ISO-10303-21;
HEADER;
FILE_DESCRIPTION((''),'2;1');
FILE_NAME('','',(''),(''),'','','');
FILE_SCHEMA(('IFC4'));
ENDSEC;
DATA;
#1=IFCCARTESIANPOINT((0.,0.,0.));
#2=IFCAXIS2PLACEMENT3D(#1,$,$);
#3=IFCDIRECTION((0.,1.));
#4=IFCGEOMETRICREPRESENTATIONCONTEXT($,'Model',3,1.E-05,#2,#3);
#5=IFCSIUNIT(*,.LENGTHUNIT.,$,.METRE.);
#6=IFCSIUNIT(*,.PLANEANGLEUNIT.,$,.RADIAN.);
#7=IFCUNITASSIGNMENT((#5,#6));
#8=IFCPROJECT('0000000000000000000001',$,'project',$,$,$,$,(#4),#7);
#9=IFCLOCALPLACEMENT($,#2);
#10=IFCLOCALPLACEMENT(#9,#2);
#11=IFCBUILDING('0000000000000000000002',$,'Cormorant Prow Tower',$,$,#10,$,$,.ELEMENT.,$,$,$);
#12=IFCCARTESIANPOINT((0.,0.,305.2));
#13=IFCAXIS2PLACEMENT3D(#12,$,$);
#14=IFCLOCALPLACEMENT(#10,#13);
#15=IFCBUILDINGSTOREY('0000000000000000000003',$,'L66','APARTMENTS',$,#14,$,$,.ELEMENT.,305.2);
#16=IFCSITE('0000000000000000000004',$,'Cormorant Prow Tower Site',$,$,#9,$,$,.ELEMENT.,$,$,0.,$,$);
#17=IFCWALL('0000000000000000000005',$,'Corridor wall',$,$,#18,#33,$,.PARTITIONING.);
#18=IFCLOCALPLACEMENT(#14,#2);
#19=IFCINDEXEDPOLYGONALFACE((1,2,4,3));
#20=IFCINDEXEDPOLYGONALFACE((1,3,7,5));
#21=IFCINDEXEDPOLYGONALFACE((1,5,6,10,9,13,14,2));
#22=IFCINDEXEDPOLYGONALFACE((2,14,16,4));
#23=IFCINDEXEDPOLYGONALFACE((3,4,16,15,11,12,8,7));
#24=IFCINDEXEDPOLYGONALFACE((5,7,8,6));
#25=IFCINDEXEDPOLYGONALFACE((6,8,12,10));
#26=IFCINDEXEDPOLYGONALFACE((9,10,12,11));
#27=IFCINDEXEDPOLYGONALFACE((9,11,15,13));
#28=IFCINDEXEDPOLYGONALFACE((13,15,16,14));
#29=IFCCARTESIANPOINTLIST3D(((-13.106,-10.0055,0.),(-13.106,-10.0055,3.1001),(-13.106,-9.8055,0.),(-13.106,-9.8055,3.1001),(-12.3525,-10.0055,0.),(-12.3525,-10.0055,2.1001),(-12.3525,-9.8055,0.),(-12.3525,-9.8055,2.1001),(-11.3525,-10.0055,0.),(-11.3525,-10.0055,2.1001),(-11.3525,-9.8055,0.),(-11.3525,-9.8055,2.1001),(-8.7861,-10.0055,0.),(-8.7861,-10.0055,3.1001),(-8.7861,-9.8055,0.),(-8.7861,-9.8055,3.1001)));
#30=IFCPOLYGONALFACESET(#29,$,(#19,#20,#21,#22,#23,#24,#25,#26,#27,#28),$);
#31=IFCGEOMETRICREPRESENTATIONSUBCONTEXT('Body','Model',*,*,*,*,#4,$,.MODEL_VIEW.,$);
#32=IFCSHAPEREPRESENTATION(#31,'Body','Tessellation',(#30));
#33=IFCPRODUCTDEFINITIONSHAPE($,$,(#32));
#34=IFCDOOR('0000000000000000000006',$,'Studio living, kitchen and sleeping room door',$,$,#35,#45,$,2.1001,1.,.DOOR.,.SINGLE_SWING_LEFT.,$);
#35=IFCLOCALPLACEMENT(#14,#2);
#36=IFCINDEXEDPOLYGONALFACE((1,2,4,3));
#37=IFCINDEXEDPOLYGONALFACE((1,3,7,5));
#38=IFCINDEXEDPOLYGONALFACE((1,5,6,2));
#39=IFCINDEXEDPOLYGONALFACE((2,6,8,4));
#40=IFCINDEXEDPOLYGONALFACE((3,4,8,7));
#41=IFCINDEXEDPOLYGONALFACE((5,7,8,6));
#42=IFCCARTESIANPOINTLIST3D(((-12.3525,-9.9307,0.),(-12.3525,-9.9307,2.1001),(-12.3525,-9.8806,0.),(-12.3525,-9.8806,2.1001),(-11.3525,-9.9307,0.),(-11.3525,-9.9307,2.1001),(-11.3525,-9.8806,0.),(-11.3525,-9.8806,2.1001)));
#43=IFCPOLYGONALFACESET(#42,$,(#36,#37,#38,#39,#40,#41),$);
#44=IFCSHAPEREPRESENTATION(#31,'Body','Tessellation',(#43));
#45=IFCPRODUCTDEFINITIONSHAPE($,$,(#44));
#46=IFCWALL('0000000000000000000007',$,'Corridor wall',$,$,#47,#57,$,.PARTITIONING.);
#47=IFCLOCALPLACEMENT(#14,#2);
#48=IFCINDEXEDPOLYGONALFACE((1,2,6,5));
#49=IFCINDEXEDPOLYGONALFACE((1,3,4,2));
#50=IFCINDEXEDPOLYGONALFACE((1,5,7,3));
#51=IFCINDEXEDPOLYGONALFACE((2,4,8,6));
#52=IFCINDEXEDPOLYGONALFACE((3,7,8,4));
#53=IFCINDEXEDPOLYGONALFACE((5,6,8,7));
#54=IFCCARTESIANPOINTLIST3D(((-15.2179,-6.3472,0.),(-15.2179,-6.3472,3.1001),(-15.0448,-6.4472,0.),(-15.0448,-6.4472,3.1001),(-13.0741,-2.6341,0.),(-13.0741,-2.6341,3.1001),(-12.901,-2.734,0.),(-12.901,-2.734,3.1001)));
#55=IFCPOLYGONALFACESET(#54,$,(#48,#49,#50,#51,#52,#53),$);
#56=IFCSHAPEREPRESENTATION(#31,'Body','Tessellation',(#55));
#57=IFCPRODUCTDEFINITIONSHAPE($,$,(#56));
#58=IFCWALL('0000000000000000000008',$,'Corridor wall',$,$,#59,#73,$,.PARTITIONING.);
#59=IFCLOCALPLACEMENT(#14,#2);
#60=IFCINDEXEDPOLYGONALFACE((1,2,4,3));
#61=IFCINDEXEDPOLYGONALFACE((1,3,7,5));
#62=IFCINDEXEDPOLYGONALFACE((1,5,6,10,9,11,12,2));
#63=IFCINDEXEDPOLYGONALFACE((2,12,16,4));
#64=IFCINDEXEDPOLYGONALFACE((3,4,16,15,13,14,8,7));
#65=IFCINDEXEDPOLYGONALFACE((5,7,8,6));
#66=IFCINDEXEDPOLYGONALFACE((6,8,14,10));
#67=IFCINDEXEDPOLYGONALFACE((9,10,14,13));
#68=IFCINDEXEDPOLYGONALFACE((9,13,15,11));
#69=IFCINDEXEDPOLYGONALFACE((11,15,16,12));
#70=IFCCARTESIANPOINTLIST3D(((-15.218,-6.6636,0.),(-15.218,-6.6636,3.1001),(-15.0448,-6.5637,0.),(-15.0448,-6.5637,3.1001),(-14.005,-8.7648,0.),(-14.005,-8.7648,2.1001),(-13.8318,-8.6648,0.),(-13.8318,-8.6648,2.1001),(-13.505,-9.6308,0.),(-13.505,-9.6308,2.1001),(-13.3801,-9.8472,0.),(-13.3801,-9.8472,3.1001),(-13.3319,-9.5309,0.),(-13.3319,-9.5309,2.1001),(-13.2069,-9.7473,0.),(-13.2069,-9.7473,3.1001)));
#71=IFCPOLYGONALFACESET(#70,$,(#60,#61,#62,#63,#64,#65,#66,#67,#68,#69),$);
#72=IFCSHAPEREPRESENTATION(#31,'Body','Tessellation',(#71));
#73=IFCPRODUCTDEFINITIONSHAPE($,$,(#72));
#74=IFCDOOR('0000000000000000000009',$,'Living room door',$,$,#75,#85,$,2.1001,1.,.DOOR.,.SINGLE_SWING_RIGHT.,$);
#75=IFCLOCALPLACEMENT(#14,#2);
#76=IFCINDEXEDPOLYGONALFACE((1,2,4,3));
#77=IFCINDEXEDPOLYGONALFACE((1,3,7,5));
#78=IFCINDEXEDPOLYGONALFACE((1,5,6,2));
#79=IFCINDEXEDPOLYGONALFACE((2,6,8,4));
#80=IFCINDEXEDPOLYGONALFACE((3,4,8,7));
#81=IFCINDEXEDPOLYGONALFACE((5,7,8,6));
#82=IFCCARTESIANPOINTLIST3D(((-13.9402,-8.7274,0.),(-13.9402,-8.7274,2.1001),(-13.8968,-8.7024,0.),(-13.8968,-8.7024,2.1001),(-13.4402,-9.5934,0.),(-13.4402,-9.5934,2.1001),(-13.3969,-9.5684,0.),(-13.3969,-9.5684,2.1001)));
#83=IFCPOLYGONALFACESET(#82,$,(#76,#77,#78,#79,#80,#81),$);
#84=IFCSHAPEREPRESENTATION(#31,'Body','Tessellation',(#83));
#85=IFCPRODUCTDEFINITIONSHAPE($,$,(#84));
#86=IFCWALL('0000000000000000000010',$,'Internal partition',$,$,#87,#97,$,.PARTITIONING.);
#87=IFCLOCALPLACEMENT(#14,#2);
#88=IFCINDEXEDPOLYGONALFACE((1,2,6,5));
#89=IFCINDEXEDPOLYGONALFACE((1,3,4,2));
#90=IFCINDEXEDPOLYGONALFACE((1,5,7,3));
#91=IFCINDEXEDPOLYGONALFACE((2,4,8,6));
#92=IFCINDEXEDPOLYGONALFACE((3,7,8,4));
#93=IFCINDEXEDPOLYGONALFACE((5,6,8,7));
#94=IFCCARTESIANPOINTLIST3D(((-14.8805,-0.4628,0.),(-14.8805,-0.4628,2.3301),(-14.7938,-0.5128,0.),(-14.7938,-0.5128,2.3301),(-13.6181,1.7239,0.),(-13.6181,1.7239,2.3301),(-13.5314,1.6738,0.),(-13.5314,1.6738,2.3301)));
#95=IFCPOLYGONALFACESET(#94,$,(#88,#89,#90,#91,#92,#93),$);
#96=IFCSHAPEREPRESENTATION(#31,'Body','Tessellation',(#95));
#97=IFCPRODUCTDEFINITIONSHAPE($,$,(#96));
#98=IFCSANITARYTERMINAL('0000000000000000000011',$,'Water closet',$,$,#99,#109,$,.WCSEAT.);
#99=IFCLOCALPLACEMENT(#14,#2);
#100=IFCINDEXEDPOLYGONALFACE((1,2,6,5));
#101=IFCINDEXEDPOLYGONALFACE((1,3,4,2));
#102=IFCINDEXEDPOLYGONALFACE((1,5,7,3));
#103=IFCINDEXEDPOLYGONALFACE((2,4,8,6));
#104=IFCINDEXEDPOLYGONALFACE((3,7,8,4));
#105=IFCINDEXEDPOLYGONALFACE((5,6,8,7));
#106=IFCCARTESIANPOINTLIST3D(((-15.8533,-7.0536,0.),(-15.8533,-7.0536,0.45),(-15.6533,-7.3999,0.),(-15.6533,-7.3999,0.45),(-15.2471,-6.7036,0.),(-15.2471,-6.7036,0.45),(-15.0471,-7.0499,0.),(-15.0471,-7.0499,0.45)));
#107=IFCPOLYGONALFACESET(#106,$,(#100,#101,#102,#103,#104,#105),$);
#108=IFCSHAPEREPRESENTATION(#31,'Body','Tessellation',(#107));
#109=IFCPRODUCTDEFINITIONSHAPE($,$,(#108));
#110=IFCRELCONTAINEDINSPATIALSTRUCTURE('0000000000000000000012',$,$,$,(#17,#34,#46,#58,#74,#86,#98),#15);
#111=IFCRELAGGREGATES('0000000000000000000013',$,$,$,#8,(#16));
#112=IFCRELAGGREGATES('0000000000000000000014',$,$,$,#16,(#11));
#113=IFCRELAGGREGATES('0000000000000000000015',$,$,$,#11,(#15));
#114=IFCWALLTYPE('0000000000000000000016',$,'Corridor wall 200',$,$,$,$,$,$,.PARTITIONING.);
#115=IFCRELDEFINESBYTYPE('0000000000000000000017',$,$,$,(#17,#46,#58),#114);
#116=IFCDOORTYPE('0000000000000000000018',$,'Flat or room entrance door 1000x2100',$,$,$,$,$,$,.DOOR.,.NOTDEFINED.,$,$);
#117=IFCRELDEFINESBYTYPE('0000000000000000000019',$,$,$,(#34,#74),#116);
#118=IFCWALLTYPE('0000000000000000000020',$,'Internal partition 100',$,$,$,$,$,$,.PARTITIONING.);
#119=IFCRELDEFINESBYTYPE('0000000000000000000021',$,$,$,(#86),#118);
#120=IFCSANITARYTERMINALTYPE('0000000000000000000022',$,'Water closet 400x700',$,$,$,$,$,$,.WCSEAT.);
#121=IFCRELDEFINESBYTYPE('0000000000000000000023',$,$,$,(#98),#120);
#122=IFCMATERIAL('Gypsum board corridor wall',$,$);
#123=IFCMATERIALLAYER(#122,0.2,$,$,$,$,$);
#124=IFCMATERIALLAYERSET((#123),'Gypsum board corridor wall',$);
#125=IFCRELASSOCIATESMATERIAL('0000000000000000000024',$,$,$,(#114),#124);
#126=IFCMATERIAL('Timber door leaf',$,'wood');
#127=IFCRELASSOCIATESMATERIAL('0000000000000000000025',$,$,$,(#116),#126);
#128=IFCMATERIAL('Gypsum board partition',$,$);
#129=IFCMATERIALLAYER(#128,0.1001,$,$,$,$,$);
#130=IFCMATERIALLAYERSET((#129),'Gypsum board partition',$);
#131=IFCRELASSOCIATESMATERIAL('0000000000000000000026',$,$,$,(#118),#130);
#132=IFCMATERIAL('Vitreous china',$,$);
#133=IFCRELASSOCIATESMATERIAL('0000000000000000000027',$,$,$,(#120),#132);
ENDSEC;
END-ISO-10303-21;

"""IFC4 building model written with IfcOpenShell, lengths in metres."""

from ifc_helpers import new_model, si_unit, direction, frame, frame_2d, origin, origin_2d, place, context, subcontext, project, spatial, rectangle, extrude, material, layer, layer_set, type_object, element, fill, save


model = new_model("IFC4")

# Units and contexts
model_context = context("Model", 3, precision=1e-05, world=origin(), true_north=direction((0.0, 1.0)))
body_context = subcontext(model_context, "Body", "Model", "MODEL_VIEW")
ifc_project = project(units=[si_unit("LENGTHUNIT", "METRE"), si_unit("PLANEANGLEUNIT", "RADIAN")], contexts=[model_context])

# Site, building, storey
site_placement = place(None, origin())
site = spatial("IfcSite", under=ifc_project, at=site_placement, Name="Cormorant Prow Tower Site", CompositionType="ELEMENT", RefElevation=0.0)
building_placement = place(site_placement, origin())
building = spatial("IfcBuilding", under=site, at=building_placement, Name="Cormorant Prow Tower", CompositionType="ELEMENT")
storey_placement = place(building_placement, frame((0.0, 0.0, 305.2)))
storey = spatial("IfcBuildingStorey", under=building, at=storey_placement, Name="L66", Description="APARTMENTS", CompositionType="ELEMENT", Elevation=305.2)

# Wall, opening, door
ifc_material_1 = material(Name="Gypsum board corridor wall")
ifc_layer_1 = layer(ifc_material_1, 0.2)
ifc_layer_set_1 = layer_set([ifc_layer_1], Name="Gypsum board corridor wall")
wall_type_1 = type_object("IfcWallType", Name="Corridor wall 200", PredefinedType="PARTITIONING", material=ifc_layer_set_1)
ifc_material_2 = material(Name="Timber door leaf", Category="wood")
door_type = type_object("IfcDoorType", Name="Flat or room entrance door 1000x2100", OperationType="NOTDEFINED", PredefinedType="DOOR", material=ifc_material_2)
wall_1_placement = place(storey_placement, frame((-13.106, -9.9055, 0.0), z_axis=(0.0, 0.0, 1.0), x_axis=(1.0, 0.0, 0.0)))
wall_1 = element("IfcWall", 1, at=wall_1_placement, inside=storey, type_object=wall_type_1, Name="Corridor wall", PredefinedType="PARTITIONING", context=body_context, shape_type="SweptSolid", body=[
    extrude(rectangle(XDim=4.3198, YDim=0.2, at=frame_2d((2.1599, 0.0))), origin(), (0.0, 0.0, 1.0), 3.1001),
])
opening_1_placement = place(wall_1_placement, frame((0.7534, 0.0, 0.0)))
opening_1 = element("IfcOpeningElement", 2, at=opening_1_placement, cuts=wall_1, PredefinedType="OPENING", context=body_context, shape_type="SweptSolid", body=[
    extrude(rectangle(XDim=1.0, YDim=2.1001, at=frame_2d((0.5, 1.05))), frame((0.0, 0.1099, 0.0), z_axis=(0.0, -1.0, 0.0), x_axis=(1.0, 0.0, 0.0)), (0.0, 0.0, 1.0), 0.22),
])
door_1_placement = place(opening_1_placement, origin())
door_1 = element("IfcDoor", 3, at=door_1_placement, inside=storey, type_object=door_type, Name="Studio living, kitchen and sleeping room door", OperationType="SINGLE_SWING_LEFT", OverallHeight=2.1001, OverallWidth=1.0, PredefinedType="DOOR", context=body_context, shape_type="SweptSolid", body=[
    extrude(rectangle(XDim=1.0, YDim=2.1001, at=frame_2d((0.5, 1.05))), frame((0.0, 0.0249, 0.0), z_axis=(0.0, -1.0, 0.0), x_axis=(1.0, 0.0, 0.0)), (0.0, 0.0, 1.0), 0.05),
])
fill(opening_1, door_1)

# Wall
wall_2_placement = place(storey_placement, frame((-15.1313, -6.3972, 0.0), z_axis=(0.0, 0.0, 1.0), x_axis=(0.500003, 0.866023, 0.0)))
element("IfcWall", 4, at=wall_2_placement, inside=storey, type_object=wall_type_1, Name="Corridor wall", PredefinedType="PARTITIONING", context=body_context, shape_type="SweptSolid", body=[
    extrude(rectangle(XDim=4.2876, YDim=0.2, at=frame_2d((2.1438, 0.0))), origin(), (0.0, 0.0, 1.0), 3.1001),
])

# Wall, opening, door
wall_3_placement = place(storey_placement, frame((-15.1313, -6.6138, 0.0), z_axis=(0.0, 0.0, 1.0), x_axis=(0.499968, -0.866044, 0.0)))
wall_3 = element("IfcWall", 5, at=wall_3_placement, inside=storey, type_object=wall_type_1, Name="Corridor wall", PredefinedType="PARTITIONING", context=body_context, shape_type="SweptSolid", body=[
    extrude(rectangle(XDim=3.676, YDim=0.2, at=frame_2d((1.8379, 0.0))), origin(), (0.0, 0.0, 1.0), 3.1001),
])
opening_2_placement = place(wall_3_placement, frame((2.426, 0.0, 0.0)))
opening_2 = element("IfcOpeningElement", 6, at=opening_2_placement, cuts=wall_3, PredefinedType="OPENING", context=body_context, shape_type="SweptSolid", body=[
    extrude(rectangle(XDim=1.0, YDim=2.1001, at=frame_2d((0.5, 1.05))), frame((0.0, 0.1099, 0.0), z_axis=(0.0, -1.0, 0.0), x_axis=(1.0, 0.0, 0.0)), (0.0, 0.0, 1.0), 0.22),
])
door_2_placement = place(opening_2_placement, origin())
door_2 = element("IfcDoor", 7, at=door_2_placement, inside=storey, type_object=door_type, Name="Living room door", OperationType="SINGLE_SWING_RIGHT", OverallHeight=2.1001, OverallWidth=1.0, PredefinedType="DOOR", context=body_context, shape_type="SweptSolid", body=[
    extrude(rectangle(XDim=1.0, YDim=2.1001, at=frame_2d((0.5, 1.05))), frame((0.0, 0.0249, 0.0), z_axis=(0.0, -1.0, 0.0), x_axis=(1.0, 0.0, 0.0)), (0.0, 0.0, 1.0), 0.05),
])
fill(opening_2, door_2)

# Wall
ifc_material_3 = material(Name="Gypsum board partition")
ifc_layer_2 = layer(ifc_material_3, 0.1001)
ifc_layer_set_2 = layer_set([ifc_layer_2], Name="Gypsum board partition")
wall_type_2 = type_object("IfcWallType", Name="Internal partition 100", PredefinedType="PARTITIONING", material=ifc_layer_set_2)
wall_4_placement = place(storey_placement, frame((-14.8372, -0.4878, 0.0), z_axis=(0.0, 0.0, 1.0), x_axis=(0.499976, 0.866039, 0.0)))
element("IfcWall", 8, at=wall_4_placement, inside=storey, type_object=wall_type_2, Name="Internal partition", PredefinedType="PARTITIONING", context=body_context, shape_type="SweptSolid", body=[
    extrude(rectangle(XDim=2.5249, YDim=0.1001, at=frame_2d((1.2625, 0.0))), origin(), (0.0, 0.0, 1.0), 2.3301),
])

# Sanitary terminal
ifc_material_4 = material(Name="Vitreous china")
sanitary_terminal_type = type_object("IfcSanitaryTerminalType", Name="Water closet 400x700", PredefinedType="WCSEAT", material=ifc_material_4)
sanitary_terminal_placement = place(storey_placement, frame((-15.4502, -7.0518, 0.0), z_axis=(0.0, 0.0, 1.0), x_axis=(0.5, -0.866025, 0.0)))
element("IfcSanitaryTerminal", 9, at=sanitary_terminal_placement, inside=storey, type_object=sanitary_terminal_type, Name="Water closet", PredefinedType="WCSEAT", context=body_context, shape_type="SweptSolid", body=[
    extrude(rectangle(XDim=0.3999, YDim=0.7, at=origin_2d()), origin(), (0.0, 0.0, 1.0), 0.45),
])

save(model, "model.ifc")
